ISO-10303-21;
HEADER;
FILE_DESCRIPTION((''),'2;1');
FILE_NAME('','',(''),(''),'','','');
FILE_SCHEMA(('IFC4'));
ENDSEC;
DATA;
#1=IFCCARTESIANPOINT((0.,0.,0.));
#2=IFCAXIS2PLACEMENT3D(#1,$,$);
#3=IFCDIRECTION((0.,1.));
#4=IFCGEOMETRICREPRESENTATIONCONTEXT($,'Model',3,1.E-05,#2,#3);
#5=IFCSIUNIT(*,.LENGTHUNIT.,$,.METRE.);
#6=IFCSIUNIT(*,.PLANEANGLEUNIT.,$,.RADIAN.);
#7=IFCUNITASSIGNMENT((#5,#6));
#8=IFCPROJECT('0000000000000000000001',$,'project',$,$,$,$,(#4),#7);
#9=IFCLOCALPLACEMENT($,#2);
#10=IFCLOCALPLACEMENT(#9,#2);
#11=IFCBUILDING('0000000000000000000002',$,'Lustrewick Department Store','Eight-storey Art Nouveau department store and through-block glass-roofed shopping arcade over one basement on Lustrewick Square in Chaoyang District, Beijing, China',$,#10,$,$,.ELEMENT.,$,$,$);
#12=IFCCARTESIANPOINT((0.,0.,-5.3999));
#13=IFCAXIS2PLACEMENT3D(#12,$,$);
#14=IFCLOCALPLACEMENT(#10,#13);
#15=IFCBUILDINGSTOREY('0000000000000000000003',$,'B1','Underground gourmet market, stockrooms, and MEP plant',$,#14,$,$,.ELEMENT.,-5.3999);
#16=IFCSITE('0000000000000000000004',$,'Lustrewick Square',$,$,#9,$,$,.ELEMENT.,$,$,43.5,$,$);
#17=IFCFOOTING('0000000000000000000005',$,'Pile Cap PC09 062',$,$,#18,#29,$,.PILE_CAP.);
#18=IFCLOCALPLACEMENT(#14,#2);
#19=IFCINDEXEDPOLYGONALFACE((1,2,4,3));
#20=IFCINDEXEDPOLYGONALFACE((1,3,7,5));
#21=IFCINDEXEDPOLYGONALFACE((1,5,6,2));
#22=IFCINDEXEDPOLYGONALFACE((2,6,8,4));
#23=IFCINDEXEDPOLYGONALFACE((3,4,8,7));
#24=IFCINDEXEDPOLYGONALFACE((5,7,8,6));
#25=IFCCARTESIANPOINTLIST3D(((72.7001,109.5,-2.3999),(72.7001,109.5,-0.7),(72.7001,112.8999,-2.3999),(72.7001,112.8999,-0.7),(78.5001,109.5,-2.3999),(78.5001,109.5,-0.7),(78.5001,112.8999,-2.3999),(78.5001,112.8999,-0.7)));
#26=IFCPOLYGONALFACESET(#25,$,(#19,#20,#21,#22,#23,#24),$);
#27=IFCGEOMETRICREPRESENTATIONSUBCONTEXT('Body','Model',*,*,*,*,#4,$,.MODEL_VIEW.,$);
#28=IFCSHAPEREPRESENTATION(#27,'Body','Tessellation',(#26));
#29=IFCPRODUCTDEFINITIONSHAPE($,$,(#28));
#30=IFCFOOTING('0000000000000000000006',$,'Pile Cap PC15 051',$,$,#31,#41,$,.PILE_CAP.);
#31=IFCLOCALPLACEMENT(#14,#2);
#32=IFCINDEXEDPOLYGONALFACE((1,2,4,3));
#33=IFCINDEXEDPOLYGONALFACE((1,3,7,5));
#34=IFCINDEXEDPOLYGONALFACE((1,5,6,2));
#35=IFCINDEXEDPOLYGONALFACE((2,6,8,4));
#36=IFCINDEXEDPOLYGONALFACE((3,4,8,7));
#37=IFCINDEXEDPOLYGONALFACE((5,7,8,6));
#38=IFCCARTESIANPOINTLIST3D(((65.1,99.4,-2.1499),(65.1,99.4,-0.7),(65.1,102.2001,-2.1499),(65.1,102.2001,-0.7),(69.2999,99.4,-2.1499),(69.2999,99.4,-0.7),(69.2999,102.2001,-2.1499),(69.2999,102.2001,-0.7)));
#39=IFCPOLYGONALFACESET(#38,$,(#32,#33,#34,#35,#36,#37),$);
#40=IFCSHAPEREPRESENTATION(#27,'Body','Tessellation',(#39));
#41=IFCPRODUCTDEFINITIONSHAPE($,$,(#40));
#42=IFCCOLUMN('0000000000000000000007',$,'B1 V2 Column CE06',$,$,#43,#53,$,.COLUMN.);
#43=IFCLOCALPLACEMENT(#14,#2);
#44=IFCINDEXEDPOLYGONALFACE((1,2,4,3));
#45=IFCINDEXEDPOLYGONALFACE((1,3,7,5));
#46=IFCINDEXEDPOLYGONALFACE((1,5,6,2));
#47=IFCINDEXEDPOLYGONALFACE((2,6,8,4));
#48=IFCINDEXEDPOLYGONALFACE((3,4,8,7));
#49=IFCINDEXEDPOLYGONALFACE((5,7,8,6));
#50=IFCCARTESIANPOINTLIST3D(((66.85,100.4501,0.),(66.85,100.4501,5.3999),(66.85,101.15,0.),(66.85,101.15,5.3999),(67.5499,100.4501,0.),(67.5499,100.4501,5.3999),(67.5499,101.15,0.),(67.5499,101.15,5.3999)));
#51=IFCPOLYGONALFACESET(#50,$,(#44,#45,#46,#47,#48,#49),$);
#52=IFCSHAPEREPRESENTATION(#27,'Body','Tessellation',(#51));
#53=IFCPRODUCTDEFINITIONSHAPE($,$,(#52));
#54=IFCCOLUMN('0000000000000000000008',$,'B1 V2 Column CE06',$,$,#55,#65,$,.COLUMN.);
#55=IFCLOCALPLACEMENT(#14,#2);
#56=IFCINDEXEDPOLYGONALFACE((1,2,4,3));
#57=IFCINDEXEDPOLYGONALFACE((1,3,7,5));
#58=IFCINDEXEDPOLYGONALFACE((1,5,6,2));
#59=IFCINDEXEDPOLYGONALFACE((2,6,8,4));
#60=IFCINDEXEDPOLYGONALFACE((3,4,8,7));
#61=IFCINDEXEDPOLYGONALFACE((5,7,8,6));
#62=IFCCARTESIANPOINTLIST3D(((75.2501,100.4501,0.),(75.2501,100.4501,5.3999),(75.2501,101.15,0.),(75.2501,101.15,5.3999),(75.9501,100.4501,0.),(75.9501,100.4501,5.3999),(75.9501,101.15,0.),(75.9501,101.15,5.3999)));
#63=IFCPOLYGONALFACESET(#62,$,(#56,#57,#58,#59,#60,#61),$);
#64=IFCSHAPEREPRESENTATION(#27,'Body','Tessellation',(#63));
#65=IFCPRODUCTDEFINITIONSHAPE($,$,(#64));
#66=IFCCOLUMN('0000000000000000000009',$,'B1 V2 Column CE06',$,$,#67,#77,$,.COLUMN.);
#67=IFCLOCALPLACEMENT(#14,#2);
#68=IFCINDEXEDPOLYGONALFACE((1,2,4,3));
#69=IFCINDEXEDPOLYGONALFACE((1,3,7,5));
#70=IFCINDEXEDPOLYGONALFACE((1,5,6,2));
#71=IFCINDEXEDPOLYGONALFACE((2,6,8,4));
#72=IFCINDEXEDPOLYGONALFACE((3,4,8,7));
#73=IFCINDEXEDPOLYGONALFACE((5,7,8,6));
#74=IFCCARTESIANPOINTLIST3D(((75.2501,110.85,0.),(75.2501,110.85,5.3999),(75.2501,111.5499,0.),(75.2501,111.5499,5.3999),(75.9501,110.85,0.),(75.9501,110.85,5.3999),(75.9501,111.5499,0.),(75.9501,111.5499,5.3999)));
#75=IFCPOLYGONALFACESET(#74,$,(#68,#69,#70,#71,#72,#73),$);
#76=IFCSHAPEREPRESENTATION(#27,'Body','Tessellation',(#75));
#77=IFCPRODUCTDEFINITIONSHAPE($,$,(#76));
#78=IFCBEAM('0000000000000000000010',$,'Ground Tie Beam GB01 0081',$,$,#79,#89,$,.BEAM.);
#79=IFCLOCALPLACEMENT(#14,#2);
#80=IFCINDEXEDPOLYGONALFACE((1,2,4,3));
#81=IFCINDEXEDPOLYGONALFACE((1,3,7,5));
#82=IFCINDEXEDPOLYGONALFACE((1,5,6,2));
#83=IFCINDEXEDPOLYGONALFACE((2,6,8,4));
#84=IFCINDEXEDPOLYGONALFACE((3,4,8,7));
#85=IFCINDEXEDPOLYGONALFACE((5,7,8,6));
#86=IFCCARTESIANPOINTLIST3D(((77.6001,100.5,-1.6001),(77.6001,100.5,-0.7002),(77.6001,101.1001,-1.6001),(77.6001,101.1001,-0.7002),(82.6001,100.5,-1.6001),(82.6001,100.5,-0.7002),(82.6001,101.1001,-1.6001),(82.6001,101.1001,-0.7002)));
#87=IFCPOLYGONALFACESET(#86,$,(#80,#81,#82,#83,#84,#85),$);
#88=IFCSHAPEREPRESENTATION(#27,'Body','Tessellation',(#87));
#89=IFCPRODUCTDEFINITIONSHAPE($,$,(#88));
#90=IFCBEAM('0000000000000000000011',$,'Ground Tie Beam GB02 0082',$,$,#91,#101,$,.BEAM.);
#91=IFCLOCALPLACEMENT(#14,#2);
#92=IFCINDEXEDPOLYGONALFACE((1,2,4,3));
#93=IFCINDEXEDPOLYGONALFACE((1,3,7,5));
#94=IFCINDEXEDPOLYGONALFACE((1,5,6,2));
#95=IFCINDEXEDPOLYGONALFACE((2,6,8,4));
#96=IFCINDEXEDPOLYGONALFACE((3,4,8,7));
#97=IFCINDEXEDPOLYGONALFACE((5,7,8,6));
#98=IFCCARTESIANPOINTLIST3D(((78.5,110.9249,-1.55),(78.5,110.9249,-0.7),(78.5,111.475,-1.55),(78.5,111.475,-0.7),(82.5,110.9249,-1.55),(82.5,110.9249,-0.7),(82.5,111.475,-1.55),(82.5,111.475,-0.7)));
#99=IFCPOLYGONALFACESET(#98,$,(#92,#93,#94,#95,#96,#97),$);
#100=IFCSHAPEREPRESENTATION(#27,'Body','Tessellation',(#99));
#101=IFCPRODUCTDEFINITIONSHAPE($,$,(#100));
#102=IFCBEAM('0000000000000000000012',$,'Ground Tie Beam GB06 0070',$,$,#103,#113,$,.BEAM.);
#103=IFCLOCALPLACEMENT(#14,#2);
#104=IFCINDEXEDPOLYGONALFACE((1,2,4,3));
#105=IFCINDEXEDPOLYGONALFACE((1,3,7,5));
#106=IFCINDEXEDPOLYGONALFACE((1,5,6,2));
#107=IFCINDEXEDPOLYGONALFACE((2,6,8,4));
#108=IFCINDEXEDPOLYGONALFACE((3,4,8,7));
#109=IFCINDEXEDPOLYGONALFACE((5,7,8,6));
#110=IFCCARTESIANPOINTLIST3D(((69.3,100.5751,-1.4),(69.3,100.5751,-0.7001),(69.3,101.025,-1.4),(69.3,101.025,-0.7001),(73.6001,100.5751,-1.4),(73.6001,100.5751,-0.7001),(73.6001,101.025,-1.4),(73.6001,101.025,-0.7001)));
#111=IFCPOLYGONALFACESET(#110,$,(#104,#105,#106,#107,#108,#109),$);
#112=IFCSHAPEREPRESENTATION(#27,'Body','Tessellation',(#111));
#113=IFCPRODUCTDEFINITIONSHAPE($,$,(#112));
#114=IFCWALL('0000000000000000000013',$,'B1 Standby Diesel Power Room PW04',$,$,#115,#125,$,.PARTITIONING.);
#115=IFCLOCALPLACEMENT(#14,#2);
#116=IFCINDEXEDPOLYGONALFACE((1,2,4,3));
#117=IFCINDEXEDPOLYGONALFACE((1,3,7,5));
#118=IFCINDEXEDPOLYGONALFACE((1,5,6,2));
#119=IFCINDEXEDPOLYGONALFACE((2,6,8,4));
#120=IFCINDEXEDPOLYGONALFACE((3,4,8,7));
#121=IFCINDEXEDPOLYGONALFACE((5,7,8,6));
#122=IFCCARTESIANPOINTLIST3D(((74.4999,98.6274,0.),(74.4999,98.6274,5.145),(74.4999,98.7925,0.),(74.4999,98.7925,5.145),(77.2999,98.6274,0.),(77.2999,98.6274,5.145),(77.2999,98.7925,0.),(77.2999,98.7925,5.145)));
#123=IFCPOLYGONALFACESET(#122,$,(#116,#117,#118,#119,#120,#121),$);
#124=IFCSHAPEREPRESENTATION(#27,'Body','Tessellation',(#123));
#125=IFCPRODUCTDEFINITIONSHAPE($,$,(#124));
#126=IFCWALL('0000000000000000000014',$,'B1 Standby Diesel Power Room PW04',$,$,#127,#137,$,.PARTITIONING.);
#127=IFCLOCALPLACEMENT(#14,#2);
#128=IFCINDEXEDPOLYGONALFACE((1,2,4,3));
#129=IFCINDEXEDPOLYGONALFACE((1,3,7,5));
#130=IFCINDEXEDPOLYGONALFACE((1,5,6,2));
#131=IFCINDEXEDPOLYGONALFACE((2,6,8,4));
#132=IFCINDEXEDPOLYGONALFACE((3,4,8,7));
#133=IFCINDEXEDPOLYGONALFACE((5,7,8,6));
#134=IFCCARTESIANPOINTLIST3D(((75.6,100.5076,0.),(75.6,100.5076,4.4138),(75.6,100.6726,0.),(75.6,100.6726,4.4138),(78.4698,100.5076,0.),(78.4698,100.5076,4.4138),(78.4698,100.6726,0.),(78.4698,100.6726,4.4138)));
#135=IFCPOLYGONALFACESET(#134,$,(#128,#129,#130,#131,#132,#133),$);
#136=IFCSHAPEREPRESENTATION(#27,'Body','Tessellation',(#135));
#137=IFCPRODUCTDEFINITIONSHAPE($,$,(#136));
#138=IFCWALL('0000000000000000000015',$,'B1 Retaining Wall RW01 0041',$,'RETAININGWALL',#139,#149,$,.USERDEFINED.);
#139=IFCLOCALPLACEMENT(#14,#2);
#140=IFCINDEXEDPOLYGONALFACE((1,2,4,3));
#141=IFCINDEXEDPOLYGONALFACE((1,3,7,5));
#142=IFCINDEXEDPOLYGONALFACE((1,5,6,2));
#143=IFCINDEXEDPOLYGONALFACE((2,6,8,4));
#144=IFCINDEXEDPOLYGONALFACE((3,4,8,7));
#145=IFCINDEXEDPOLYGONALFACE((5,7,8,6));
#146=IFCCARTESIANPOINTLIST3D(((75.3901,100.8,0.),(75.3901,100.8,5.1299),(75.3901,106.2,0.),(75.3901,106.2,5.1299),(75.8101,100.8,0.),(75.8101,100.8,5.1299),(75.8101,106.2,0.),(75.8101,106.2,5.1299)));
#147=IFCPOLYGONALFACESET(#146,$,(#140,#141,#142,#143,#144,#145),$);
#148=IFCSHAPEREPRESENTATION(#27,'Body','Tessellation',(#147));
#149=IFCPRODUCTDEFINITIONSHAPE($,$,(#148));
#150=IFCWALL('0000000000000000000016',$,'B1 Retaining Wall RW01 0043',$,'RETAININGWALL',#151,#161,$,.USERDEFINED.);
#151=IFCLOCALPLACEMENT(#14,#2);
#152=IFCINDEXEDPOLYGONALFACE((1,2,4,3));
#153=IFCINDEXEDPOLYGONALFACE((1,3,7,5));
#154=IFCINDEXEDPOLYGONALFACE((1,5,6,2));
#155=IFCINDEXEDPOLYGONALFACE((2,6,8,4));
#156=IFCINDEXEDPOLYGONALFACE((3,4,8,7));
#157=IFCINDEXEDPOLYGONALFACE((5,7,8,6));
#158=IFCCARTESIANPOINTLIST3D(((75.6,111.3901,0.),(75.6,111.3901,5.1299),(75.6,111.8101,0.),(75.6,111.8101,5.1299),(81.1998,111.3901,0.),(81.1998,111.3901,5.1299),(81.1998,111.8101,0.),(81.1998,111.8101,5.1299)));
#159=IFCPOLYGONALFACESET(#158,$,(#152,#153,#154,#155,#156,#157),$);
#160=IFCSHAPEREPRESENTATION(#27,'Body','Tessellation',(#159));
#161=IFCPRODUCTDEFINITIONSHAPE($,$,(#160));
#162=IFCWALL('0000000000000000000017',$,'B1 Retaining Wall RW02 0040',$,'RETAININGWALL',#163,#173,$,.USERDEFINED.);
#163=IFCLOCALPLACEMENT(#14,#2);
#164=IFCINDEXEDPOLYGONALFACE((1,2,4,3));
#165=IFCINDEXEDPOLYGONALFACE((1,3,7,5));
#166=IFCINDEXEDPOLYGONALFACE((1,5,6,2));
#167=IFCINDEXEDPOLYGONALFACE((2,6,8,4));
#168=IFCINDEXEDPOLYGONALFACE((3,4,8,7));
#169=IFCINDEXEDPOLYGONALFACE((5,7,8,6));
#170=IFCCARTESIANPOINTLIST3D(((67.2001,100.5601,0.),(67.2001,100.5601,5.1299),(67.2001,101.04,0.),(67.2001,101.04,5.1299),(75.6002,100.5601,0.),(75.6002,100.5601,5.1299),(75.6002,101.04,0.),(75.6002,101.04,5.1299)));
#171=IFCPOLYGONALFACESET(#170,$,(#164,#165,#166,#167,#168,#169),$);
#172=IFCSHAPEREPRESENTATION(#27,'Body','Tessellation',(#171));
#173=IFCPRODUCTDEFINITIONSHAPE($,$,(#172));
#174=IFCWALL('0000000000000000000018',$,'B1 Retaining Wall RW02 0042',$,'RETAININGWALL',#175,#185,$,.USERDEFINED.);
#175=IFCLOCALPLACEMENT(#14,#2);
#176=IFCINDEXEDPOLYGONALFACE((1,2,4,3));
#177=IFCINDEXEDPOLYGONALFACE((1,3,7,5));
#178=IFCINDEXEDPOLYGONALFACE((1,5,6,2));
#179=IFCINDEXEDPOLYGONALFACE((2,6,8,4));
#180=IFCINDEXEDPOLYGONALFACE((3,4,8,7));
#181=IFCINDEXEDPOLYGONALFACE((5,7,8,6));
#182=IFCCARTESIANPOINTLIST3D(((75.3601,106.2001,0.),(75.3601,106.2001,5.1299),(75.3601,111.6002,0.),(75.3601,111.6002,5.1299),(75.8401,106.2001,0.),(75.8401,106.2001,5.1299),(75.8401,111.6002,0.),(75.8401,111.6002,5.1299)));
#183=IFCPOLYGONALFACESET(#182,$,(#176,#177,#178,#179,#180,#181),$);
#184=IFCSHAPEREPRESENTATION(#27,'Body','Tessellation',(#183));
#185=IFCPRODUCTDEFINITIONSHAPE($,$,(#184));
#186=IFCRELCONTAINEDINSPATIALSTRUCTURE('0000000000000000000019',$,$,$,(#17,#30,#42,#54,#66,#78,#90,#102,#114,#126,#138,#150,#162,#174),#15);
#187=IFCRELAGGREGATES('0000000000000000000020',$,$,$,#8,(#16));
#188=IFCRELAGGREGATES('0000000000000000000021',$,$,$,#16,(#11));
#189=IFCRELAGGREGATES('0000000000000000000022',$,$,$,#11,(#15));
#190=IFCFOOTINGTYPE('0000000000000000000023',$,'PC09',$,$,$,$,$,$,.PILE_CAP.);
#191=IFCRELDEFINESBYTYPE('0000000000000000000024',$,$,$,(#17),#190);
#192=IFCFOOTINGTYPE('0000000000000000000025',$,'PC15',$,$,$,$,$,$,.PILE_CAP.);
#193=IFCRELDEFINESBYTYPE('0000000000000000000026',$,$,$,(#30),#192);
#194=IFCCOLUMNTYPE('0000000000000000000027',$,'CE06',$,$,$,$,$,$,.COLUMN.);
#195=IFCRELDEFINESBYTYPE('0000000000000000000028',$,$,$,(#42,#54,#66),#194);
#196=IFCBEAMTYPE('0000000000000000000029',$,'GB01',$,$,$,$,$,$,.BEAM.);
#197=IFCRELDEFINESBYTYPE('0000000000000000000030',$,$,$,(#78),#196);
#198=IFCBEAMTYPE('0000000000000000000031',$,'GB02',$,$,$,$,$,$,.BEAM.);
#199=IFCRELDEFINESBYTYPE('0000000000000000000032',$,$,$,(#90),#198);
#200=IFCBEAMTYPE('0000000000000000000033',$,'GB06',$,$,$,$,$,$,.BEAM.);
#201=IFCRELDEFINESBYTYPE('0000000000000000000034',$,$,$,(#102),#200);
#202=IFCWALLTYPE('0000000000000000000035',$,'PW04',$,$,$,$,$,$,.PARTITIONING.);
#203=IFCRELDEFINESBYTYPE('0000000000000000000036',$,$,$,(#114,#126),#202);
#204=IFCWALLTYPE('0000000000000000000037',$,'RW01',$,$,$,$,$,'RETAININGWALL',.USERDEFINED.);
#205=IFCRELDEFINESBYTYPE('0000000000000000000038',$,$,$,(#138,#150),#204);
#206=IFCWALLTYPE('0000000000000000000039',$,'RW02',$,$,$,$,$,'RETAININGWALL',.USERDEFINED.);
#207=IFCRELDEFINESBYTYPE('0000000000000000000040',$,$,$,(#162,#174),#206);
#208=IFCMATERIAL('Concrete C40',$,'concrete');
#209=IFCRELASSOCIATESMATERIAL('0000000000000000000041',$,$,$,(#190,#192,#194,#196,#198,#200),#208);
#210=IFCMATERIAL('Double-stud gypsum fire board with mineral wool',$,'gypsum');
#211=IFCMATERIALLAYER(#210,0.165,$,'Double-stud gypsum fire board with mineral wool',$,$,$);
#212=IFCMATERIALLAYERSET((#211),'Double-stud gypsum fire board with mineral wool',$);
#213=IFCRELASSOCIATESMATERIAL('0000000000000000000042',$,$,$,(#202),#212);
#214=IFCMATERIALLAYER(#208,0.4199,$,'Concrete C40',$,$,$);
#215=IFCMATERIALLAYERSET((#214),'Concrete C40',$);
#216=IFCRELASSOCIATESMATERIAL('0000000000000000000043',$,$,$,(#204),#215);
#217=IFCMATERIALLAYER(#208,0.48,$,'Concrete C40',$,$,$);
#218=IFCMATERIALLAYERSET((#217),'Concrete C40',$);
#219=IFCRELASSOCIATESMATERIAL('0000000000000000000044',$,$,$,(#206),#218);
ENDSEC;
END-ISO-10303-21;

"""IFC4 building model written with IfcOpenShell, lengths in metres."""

from ifc_helpers import new_model, si_unit, direction, frame, frame_2d, origin, origin_2d, place, context, subcontext, project, spatial, rectangle, extrude, material, layer, layer_set, material_profile, profile_set, type_object, element, save


model = new_model("IFC4")

# Units and contexts
model_context = context("Model", 3, precision=1e-05, world=origin(), true_north=direction((0.0, 1.0)))
body_context = subcontext(model_context, "Body", "Model", "MODEL_VIEW")
ifc_project = project(units=[si_unit("LENGTHUNIT", "METRE"), si_unit("PLANEANGLEUNIT", "RADIAN")], contexts=[model_context])

# Site, building, storey
site_placement = place(None, origin())
site = spatial("IfcSite", under=ifc_project, at=site_placement, Name="Lustrewick Square", CompositionType="ELEMENT", RefElevation=43.5)
building_placement = place(site_placement, origin())
building = spatial("IfcBuilding", under=site, at=building_placement, Name="Lustrewick Department Store", Description="Eight-storey Art Nouveau department store and through-block glass-roofed shopping arcade over one basement on Lustrewick Square in Chaoyang District, Beijing, China", CompositionType="ELEMENT")
storey_placement = place(building_placement, frame((0.0, 0.0, -5.3999)))
storey = spatial("IfcBuildingStorey", under=building, at=storey_placement, Name="B1", Description="Underground gourmet market, stockrooms, and MEP plant", CompositionType="ELEMENT", Elevation=-5.3999)

# Shared definitions
ifc_material_1 = material(Name="Concrete C40", Category="concrete")

# Footings
footing_type_1 = type_object("IfcFootingType", Name="PC09", PredefinedType="PILE_CAP", material=ifc_material_1)
footing_1_placement = place(storey_placement, frame((75.6001, 111.2, -2.3999), z_axis=(0.0, 0.0, 1.0), x_axis=(1.0, 0.0, 0.0)))
element("IfcFooting", 1, at=footing_1_placement, inside=storey, type_object=footing_type_1, Name="Pile Cap PC09 062", PredefinedType="PILE_CAP", context=body_context, shape_type="SweptSolid", body=[
    extrude(rectangle(XDim=5.8, YDim=3.3999, at=origin_2d()), origin(), (0.0, 0.0, 1.0), 1.7),
])
footing_type_2 = type_object("IfcFootingType", Name="PC15", PredefinedType="PILE_CAP", material=ifc_material_1)
footing_2_placement = place(storey_placement, frame((67.2, 100.8, -2.1499), z_axis=(0.0, 0.0, 1.0), x_axis=(1.0, 0.0, 0.0)))
element("IfcFooting", 2, at=footing_2_placement, inside=storey, type_object=footing_type_2, Name="Pile Cap PC15 051", PredefinedType="PILE_CAP", context=body_context, shape_type="SweptSolid", body=[
    extrude(rectangle(XDim=4.2, YDim=2.8, at=origin_2d()), origin(), (0.0, 0.0, 1.0), 1.45),
])

# Columns
ifc_material_profile_1 = material_profile(ifc_material_1, rectangle(XDim=0.7, YDim=0.7, at=origin_2d()), Name="RC 700x700")
ifc_profile_set_1 = profile_set([ifc_material_profile_1], Name="Concrete C40")
column_type = type_object("IfcColumnType", Name="CE06", PredefinedType="COLUMN", material=ifc_profile_set_1)
for number, where, z_axis, x_axis, name in (
    (3, (67.2, 100.8, 0.0), (0.0, 0.0, 1.0), (1.0, 0.0, 0.0), "B1 V2 Column CE06"),
    (4, (75.6001, 100.8, 0.0), (0.0, 0.0, 1.0), (1.0, 0.0, 0.0), "B1 V2 Column CE06"),
    (5, (75.6001, 111.2, 0.0), (0.0, 0.0, 1.0), (1.0, 0.0, 0.0), "B1 V2 Column CE06"),
):
    element("IfcColumn", number, at=place(storey_placement, frame(where, z_axis=z_axis, x_axis=x_axis)), inside=storey, type_object=column_type, Name=name, PredefinedType="COLUMN", context=body_context, shape_type="SweptSolid", body=[
        extrude(rectangle(XDim=0.7, YDim=0.7, at=origin_2d()), origin(), (0.0, 0.0, 1.0), 5.3999),
    ])

# Beams
ifc_material_profile_2 = material_profile(ifc_material_1, rectangle(XDim=0.6001, YDim=0.8999, at=origin_2d()), Name="RC 600x900")
ifc_profile_set_2 = profile_set([ifc_material_profile_2], Name="Concrete C40")
beam_type_1 = type_object("IfcBeamType", Name="GB01", PredefinedType="BEAM", material=ifc_profile_set_2)
beam_1_placement = place(storey_placement, frame((77.6001, 100.8, -1.1501), z_axis=(1.0, 0.0, 0.0), x_axis=(0.0, 1.0, 0.0)))
element("IfcBeam", 6, at=beam_1_placement, inside=storey, type_object=beam_type_1, Name="Ground Tie Beam GB01 0081", PredefinedType="BEAM", context=body_context, shape_type="SweptSolid", body=[
    extrude(rectangle(XDim=0.6001, YDim=0.8999, at=origin_2d()), origin(), (0.0, 0.0, 1.0), 5.0),
])
ifc_material_profile_3 = material_profile(ifc_material_1, rectangle(XDim=0.55, YDim=0.8501, at=origin_2d()), Name="RC 550x850")
ifc_profile_set_3 = profile_set([ifc_material_profile_3], Name="Concrete C40")
beam_type_2 = type_object("IfcBeamType", Name="GB02", PredefinedType="BEAM", material=ifc_profile_set_3)
beam_2_placement = place(storey_placement, frame((78.5, 111.2, -1.125), z_axis=(1.0, 0.0, 0.0), x_axis=(0.0, 1.0, 0.0)))
element("IfcBeam", 7, at=beam_2_placement, inside=storey, type_object=beam_type_2, Name="Ground Tie Beam GB02 0082", PredefinedType="BEAM", context=body_context, shape_type="SweptSolid", body=[
    extrude(rectangle(XDim=0.55, YDim=0.8501, at=origin_2d()), origin(), (0.0, 0.0, 1.0), 4.0),
])
ifc_material_profile_4 = material_profile(ifc_material_1, rectangle(XDim=0.45, YDim=0.7, at=origin_2d()), Name="RC 450x700")
ifc_profile_set_4 = profile_set([ifc_material_profile_4], Name="Concrete C40")
beam_type_3 = type_object("IfcBeamType", Name="GB06", PredefinedType="BEAM", material=ifc_profile_set_4)
beam_3_placement = place(storey_placement, frame((69.3, 100.8, -1.05), z_axis=(1.0, 0.0, 0.0), x_axis=(0.0, 1.0, 0.0)))
element("IfcBeam", 8, at=beam_3_placement, inside=storey, type_object=beam_type_3, Name="Ground Tie Beam GB06 0070", PredefinedType="BEAM", context=body_context, shape_type="SweptSolid", body=[
    extrude(rectangle(XDim=0.45, YDim=0.7, at=origin_2d()), origin(), (0.0, 0.0, 1.0), 4.3),
])

# Walls
ifc_material_2 = material(Name="Double-stud gypsum fire board with mineral wool", Category="gypsum")
ifc_layer_1 = layer(ifc_material_2, 0.165, Name="Double-stud gypsum fire board with mineral wool")
ifc_layer_set_1 = layer_set([ifc_layer_1], Name="Double-stud gypsum fire board with mineral wool")
wall_type_1 = type_object("IfcWallType", Name="PW04", PredefinedType="PARTITIONING", material=ifc_layer_set_1)
wall_1_placement = place(storey_placement, frame((74.5, 98.71, 0.0), z_axis=(0.0, 0.0, 1.0), x_axis=(1.0, 0.0, 0.0)))
element("IfcWall", 9, at=wall_1_placement, inside=storey, type_object=wall_type_1, Name="B1 Standby Diesel Power Room PW04", PredefinedType="PARTITIONING", context=body_context, shape_type="SweptSolid", body=[
    extrude(rectangle(XDim=2.8, YDim=0.165, at=frame_2d((1.3999, 0.0))), origin(), (0.0, 0.0, 1.0), 5.145),
])
wall_2_placement = place(storey_placement, frame((78.47, 100.5901, 0.0), z_axis=(0.0, 0.0, 1.0), x_axis=(-1.0, 0.0, 0.0)))
element("IfcWall", 10, at=wall_2_placement, inside=storey, type_object=wall_type_1, Name="B1 Standby Diesel Power Room PW04", PredefinedType="PARTITIONING", context=body_context, shape_type="SweptSolid", body=[
    extrude(rectangle(XDim=2.8699, YDim=0.165, at=frame_2d((1.4351, 0.0))), origin(), (0.0, 0.0, 1.0), 4.4138),
])
ifc_layer_2 = layer(ifc_material_1, 0.4199, Name="Concrete C40")
ifc_layer_set_2 = layer_set([ifc_layer_2], Name="Concrete C40")
wall_type_2 = type_object("IfcWallType", Name="RW01", ElementType="RETAININGWALL", PredefinedType="USERDEFINED", material=ifc_layer_set_2)
wall_3_placement = place(storey_placement, frame((75.6001, 100.8, 0.0), z_axis=(0.0, 0.0, 1.0), x_axis=(0.0, 1.0, 0.0)))
element("IfcWall", 11, at=wall_3_placement, inside=storey, type_object=wall_type_2, Name="B1 Retaining Wall RW01 0041", ObjectType="RETAININGWALL", PredefinedType="USERDEFINED", context=body_context, shape_type="SweptSolid", body=[
    extrude(rectangle(XDim=5.3999, YDim=0.4199, at=frame_2d((2.7, 0.0))), origin(), (0.0, 0.0, 1.0), 5.1299),
])
wall_4_placement = place(storey_placement, frame((75.6001, 111.6001, 0.0), z_axis=(0.0, 0.0, 1.0), x_axis=(1.0, 0.0, 0.0)))
element("IfcWall", 12, at=wall_4_placement, inside=storey, type_object=wall_type_2, Name="B1 Retaining Wall RW01 0043", ObjectType="RETAININGWALL", PredefinedType="USERDEFINED", context=body_context, shape_type="SweptSolid", body=[
    extrude(rectangle(XDim=5.5999, YDim=0.4199, at=frame_2d((2.7998, 0.0))), origin(), (0.0, 0.0, 1.0), 5.1299),
])
ifc_layer_3 = layer(ifc_material_1, 0.48, Name="Concrete C40")
ifc_layer_set_3 = layer_set([ifc_layer_3], Name="Concrete C40")
wall_type_3 = type_object("IfcWallType", Name="RW02", ElementType="RETAININGWALL", PredefinedType="USERDEFINED", material=ifc_layer_set_3)
wall_5_placement = place(storey_placement, frame((67.2, 100.8, 0.0), z_axis=(0.0, 0.0, 1.0), x_axis=(1.0, 0.0, 0.0)))
element("IfcWall", 13, at=wall_5_placement, inside=storey, type_object=wall_type_3, Name="B1 Retaining Wall RW02 0040", ObjectType="RETAININGWALL", PredefinedType="USERDEFINED", context=body_context, shape_type="SweptSolid", body=[
    extrude(rectangle(XDim=8.4001, YDim=0.48, at=frame_2d((4.2002, 0.0))), origin(), (0.0, 0.0, 1.0), 5.1299),
])
wall_6_placement = place(storey_placement, frame((75.6001, 106.2, 0.0), z_axis=(0.0, 0.0, 1.0), x_axis=(0.0, 1.0, 0.0)))
element("IfcWall", 14, at=wall_6_placement, inside=storey, type_object=wall_type_3, Name="B1 Retaining Wall RW02 0042", ObjectType="RETAININGWALL", PredefinedType="USERDEFINED", context=body_context, shape_type="SweptSolid", body=[
    extrude(rectangle(XDim=5.4001, YDim=0.48, at=frame_2d((2.7002, 0.0))), origin(), (0.0, 0.0, 1.0), 5.1299),
])

save(model, "model.ifc")
